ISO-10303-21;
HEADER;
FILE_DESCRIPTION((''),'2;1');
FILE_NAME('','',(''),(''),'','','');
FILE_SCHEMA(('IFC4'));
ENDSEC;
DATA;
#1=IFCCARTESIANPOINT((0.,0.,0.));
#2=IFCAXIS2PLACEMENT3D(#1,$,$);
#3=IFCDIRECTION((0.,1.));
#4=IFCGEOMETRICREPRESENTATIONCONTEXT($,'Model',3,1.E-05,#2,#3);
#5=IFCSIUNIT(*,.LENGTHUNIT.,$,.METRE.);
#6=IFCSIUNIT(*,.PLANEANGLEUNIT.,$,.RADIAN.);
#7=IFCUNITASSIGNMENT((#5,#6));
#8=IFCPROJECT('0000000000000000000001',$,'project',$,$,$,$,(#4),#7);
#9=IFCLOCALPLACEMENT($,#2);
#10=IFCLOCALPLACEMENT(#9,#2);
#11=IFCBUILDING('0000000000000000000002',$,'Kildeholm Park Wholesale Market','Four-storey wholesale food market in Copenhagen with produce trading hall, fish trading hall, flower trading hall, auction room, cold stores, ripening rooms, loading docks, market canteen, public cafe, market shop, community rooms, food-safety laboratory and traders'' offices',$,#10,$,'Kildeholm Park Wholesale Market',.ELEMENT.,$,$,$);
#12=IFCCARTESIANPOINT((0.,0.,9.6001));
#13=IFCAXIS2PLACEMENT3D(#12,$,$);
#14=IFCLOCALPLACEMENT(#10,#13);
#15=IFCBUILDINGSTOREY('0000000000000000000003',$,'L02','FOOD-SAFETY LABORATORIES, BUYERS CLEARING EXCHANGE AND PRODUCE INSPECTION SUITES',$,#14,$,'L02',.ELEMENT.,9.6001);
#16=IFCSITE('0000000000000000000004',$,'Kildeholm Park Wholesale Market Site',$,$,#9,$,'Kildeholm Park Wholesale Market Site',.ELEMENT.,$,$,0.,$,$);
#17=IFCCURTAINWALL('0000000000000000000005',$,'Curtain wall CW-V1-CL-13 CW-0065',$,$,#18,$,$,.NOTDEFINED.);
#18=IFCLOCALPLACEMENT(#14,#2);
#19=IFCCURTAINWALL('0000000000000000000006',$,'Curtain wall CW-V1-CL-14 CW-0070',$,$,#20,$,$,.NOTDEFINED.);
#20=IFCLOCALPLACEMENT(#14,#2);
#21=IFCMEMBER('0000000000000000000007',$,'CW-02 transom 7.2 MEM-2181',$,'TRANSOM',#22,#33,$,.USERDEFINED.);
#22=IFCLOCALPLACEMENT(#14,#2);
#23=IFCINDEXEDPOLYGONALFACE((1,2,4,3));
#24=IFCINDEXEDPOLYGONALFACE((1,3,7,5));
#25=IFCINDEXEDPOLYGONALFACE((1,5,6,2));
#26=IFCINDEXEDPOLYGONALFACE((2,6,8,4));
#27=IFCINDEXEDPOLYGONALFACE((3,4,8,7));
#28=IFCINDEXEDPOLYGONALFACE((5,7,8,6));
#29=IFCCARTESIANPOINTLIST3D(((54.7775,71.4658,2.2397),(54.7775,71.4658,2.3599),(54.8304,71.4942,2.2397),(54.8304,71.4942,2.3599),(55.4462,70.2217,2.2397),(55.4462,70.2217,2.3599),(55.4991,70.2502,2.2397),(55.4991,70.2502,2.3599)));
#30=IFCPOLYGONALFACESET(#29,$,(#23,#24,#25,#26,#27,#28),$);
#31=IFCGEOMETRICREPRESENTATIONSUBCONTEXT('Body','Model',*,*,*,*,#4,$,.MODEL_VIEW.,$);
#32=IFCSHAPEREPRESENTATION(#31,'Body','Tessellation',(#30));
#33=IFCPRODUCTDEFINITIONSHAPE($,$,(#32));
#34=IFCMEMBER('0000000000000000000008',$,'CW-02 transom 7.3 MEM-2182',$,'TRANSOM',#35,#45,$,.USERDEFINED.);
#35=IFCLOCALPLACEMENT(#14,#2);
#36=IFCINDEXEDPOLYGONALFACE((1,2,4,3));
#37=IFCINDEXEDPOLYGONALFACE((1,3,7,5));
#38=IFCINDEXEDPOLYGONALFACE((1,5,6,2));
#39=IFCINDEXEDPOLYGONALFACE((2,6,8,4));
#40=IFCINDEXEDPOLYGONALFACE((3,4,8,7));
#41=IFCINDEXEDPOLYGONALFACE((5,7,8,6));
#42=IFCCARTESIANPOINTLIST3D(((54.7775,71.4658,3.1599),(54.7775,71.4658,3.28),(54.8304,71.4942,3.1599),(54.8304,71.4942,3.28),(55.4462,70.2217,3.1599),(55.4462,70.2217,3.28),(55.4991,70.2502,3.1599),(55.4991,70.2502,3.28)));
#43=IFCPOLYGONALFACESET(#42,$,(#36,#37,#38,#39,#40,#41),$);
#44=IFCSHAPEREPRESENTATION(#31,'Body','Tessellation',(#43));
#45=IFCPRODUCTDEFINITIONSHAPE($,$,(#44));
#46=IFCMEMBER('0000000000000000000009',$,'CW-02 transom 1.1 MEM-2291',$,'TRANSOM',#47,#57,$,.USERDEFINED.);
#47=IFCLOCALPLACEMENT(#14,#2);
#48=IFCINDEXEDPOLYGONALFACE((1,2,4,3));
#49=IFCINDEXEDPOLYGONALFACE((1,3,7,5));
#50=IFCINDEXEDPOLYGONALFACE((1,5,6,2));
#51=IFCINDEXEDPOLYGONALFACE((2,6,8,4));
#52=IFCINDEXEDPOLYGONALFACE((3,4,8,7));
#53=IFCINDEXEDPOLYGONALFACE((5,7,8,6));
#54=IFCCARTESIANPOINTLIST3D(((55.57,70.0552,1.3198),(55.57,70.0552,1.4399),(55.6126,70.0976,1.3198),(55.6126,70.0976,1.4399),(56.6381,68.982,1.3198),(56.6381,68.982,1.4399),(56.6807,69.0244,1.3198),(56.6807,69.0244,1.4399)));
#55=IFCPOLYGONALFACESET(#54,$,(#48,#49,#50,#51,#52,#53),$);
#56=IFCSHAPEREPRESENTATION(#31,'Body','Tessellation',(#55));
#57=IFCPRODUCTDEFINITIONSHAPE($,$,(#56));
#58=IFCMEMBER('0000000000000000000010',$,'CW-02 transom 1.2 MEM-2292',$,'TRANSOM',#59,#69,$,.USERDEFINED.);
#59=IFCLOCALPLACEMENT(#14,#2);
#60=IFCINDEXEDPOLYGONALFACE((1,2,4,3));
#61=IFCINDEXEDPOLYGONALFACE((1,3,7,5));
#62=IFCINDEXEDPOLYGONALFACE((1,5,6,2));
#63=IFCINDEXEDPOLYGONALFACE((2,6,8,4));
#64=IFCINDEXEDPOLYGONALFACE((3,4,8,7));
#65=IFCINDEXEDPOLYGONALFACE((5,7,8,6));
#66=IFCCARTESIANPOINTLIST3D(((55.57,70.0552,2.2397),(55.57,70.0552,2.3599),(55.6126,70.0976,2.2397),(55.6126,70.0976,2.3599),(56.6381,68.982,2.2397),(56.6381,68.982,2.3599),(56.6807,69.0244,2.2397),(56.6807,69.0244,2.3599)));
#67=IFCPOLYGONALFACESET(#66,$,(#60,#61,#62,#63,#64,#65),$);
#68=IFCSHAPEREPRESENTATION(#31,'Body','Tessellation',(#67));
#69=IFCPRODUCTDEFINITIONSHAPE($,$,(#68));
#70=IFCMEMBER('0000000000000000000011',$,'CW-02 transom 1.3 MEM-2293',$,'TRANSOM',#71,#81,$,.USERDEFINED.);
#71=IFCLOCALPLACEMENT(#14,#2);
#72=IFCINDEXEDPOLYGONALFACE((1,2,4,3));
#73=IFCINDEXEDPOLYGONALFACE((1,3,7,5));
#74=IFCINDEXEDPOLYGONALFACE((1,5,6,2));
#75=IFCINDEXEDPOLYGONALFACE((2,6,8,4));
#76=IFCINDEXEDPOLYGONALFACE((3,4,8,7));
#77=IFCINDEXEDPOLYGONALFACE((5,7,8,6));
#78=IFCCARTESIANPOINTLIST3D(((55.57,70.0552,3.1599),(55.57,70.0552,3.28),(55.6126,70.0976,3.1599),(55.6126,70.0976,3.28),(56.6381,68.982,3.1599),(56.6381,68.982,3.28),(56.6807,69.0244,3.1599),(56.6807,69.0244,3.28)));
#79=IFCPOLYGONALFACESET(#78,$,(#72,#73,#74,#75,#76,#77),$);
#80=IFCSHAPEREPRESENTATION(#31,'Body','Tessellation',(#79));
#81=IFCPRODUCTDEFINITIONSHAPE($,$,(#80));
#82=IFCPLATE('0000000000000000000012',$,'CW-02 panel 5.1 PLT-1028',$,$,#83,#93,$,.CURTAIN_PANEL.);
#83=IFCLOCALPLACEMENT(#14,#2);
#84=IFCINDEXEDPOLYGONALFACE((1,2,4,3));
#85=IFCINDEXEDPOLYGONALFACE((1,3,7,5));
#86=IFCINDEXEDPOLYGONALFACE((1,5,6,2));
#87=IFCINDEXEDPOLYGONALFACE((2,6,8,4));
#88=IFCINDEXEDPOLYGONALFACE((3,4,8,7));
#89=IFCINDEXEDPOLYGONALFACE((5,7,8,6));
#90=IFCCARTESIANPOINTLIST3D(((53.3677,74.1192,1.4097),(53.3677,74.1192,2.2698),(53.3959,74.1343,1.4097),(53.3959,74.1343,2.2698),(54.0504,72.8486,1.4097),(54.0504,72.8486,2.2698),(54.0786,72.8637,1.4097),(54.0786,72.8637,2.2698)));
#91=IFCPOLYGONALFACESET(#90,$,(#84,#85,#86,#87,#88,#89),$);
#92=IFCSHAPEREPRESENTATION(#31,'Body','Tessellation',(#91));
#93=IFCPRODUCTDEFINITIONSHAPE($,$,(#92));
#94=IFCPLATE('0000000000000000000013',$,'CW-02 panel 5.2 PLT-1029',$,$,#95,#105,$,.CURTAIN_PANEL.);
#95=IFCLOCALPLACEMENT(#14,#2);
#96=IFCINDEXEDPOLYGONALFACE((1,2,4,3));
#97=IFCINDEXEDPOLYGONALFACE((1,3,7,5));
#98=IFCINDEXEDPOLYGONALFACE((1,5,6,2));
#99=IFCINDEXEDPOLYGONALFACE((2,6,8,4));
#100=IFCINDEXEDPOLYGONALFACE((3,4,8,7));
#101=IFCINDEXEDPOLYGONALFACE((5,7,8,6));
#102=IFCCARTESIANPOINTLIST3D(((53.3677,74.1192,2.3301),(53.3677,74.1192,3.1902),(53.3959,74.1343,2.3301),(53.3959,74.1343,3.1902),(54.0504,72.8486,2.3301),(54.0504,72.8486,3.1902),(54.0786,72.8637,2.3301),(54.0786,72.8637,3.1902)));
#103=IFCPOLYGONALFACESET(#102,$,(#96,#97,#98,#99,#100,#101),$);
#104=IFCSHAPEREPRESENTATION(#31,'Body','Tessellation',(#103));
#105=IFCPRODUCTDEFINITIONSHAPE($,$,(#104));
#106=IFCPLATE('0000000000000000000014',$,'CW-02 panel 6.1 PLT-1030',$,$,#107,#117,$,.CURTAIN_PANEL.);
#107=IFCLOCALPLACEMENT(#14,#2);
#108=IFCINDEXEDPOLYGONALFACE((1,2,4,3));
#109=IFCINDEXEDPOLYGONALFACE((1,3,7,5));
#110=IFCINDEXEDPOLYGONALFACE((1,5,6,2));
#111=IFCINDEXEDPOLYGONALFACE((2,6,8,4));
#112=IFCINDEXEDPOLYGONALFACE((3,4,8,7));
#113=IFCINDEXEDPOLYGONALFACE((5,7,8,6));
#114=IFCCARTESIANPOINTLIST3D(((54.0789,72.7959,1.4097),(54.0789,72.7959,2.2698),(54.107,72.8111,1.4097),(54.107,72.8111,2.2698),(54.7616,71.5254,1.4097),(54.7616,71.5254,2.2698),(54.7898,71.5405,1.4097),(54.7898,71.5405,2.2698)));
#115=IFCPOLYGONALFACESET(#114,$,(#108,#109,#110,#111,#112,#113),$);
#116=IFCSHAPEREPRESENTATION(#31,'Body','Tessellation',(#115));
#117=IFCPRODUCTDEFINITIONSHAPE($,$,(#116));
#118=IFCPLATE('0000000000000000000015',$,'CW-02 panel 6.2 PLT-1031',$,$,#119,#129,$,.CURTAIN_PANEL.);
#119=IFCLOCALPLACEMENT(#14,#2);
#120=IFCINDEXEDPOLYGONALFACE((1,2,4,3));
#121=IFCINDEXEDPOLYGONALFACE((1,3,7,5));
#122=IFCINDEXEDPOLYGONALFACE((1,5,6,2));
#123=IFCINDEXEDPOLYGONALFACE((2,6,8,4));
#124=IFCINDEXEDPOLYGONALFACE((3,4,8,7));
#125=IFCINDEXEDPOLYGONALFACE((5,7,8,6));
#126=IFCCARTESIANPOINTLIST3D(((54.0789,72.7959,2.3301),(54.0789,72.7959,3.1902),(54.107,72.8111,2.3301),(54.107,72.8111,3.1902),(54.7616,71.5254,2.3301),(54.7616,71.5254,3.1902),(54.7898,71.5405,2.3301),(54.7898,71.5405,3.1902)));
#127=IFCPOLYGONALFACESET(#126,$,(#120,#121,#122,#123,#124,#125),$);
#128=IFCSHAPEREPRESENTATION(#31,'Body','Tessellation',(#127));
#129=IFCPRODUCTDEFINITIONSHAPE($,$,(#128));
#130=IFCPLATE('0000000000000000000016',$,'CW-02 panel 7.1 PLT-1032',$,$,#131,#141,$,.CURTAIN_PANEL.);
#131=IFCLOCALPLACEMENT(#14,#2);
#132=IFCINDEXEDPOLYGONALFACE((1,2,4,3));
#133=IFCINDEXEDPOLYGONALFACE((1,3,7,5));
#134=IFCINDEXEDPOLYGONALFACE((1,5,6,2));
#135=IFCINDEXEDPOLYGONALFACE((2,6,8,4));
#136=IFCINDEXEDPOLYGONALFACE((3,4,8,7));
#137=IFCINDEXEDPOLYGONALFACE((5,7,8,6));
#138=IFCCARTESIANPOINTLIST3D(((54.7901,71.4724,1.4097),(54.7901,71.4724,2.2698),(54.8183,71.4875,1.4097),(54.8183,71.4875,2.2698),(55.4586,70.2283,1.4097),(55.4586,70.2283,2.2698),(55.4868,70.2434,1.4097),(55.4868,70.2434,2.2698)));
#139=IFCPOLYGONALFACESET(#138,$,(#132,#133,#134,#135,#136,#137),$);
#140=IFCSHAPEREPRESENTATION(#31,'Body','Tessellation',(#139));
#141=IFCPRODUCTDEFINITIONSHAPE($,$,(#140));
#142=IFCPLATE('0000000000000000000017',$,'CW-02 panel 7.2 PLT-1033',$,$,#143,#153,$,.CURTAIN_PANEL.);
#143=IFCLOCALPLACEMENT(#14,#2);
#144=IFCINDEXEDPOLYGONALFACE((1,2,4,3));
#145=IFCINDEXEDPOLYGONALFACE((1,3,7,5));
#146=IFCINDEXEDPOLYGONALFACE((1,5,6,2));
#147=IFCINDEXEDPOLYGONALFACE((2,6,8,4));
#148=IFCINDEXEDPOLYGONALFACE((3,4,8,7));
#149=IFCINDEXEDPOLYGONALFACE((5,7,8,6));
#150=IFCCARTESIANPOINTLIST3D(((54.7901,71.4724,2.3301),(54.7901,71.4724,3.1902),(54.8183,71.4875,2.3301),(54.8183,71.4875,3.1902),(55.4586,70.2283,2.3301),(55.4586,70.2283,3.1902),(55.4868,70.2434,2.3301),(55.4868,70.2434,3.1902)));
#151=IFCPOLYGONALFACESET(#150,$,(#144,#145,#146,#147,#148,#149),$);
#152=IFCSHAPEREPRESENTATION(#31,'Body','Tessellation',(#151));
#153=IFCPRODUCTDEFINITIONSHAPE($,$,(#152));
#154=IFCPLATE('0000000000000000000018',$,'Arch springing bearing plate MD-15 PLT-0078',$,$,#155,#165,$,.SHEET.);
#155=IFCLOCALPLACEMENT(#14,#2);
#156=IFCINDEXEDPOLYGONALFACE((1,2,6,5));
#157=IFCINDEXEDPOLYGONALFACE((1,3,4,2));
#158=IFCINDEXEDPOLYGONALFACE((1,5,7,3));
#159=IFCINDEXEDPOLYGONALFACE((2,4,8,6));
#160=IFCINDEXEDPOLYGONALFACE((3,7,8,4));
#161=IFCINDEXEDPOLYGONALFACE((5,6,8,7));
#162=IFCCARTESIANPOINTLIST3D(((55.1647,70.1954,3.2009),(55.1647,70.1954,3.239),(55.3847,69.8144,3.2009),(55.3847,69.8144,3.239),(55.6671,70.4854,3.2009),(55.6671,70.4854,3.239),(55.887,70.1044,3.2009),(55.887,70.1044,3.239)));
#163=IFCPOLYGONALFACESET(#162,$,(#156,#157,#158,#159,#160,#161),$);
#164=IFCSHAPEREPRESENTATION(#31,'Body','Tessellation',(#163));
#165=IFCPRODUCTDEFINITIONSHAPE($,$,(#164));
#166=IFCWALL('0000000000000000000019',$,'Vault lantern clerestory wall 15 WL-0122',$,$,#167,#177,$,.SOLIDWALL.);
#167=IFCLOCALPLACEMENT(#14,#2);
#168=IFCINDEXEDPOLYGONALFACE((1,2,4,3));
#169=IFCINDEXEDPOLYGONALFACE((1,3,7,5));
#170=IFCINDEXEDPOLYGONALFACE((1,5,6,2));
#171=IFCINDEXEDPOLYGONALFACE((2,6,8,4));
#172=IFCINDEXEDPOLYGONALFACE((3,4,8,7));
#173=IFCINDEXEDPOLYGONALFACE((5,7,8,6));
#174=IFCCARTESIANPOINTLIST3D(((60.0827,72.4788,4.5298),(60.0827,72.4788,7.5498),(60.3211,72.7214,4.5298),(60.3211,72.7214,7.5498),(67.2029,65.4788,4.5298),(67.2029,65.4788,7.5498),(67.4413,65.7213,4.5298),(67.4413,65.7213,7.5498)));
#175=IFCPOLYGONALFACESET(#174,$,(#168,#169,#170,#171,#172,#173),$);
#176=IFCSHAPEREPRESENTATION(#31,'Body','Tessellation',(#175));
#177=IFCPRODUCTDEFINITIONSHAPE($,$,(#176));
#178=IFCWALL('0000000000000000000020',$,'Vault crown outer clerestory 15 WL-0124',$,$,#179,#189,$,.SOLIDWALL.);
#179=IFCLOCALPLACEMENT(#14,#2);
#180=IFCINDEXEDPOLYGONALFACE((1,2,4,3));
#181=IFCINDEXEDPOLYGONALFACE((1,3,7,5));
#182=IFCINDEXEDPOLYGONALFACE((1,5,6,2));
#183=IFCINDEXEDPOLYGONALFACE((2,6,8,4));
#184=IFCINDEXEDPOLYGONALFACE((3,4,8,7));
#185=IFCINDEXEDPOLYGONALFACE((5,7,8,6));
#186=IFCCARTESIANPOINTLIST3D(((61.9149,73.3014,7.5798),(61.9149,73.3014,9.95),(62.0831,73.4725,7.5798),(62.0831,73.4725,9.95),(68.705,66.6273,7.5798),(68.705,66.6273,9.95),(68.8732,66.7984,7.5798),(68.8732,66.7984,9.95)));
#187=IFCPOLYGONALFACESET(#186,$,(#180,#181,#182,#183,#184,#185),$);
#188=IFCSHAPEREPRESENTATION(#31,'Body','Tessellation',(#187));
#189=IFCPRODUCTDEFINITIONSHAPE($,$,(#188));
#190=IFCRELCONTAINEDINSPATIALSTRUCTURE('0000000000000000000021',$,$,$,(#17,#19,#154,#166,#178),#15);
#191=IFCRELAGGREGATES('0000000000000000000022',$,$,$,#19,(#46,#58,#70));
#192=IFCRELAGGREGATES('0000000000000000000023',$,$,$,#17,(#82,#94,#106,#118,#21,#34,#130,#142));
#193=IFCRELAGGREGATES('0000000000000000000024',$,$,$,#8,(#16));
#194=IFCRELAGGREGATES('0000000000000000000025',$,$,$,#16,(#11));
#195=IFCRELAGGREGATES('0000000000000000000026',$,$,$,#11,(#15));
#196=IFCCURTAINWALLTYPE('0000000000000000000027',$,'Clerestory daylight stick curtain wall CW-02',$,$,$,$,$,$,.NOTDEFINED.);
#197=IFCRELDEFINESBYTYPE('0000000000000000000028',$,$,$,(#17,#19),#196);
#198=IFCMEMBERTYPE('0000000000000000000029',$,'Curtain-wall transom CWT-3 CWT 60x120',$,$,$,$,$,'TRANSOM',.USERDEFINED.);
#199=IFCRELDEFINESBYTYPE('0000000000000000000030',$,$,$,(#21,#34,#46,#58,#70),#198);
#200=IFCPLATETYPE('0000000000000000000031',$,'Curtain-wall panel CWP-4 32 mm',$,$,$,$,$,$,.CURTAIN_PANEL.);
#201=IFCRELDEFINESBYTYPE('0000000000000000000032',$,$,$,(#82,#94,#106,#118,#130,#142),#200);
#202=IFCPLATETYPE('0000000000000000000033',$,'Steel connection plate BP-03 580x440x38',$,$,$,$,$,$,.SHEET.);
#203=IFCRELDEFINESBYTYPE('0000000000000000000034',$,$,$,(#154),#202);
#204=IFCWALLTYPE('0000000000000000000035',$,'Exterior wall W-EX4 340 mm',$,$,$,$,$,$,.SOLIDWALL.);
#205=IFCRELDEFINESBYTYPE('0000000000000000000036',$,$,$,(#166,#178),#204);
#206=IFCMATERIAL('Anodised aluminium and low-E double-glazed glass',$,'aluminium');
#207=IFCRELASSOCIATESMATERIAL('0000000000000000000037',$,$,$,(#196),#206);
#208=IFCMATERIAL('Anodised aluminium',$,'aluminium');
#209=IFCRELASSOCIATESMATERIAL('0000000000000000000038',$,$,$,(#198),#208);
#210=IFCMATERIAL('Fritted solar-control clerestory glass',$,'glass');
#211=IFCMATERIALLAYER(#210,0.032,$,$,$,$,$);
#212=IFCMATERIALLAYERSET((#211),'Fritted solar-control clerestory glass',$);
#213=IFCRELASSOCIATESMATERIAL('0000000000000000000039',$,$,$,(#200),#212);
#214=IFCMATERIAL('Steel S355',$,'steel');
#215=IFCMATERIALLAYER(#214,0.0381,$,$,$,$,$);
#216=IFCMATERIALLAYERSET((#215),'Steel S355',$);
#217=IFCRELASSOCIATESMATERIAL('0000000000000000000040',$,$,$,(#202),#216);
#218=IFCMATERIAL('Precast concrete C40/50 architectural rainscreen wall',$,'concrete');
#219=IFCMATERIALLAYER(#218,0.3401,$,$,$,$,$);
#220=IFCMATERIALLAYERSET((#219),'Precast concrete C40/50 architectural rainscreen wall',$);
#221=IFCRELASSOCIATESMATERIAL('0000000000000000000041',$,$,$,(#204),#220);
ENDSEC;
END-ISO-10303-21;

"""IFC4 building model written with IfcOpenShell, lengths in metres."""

from ifc_helpers import new_model, si_unit, direction, frame, frame_2d, origin, origin_2d, place, context, subcontext, project, spatial, rectangle, extrude, material, layer, layer_set, material_profile, profile_set, type_object, element, aggregate, save


model = new_model("IFC4")

# Units and contexts
model_context = context("Model", 3, precision=1e-05, world=origin(), true_north=direction((0.0, 1.0)))
body_context = subcontext(model_context, "Body", "Model", "MODEL_VIEW")
ifc_project = project(units=[si_unit("LENGTHUNIT", "METRE"), si_unit("PLANEANGLEUNIT", "RADIAN")], contexts=[model_context])

# Site, building, storey
site_placement = place(None, origin())
site = spatial("IfcSite", under=ifc_project, at=site_placement, Name="Kildeholm Park Wholesale Market Site", LongName="Kildeholm Park Wholesale Market Site", CompositionType="ELEMENT", RefElevation=0.0)
building_placement = place(site_placement, origin())
building = spatial("IfcBuilding", under=site, at=building_placement, Name="Kildeholm Park Wholesale Market", Description="Four-storey wholesale food market in Copenhagen with produce trading hall, fish trading hall, flower trading hall, auction room, cold stores, ripening rooms, loading docks, market canteen, public cafe, market shop, community rooms, food-safety laboratory and traders' offices", LongName="Kildeholm Park Wholesale Market", CompositionType="ELEMENT")
storey_placement = place(building_placement, frame((0.0, 0.0, 9.6001)))
storey = spatial("IfcBuildingStorey", under=building, at=storey_placement, Name="L02", Description="FOOD-SAFETY LABORATORIES, BUYERS CLEARING EXCHANGE AND PRODUCE INSPECTION SUITES", LongName="L02", CompositionType="ELEMENT", Elevation=9.6001)

# Shared definitions
ifc_material_1 = material(Name="Steel S355", Category="steel")

# Curtain wall
ifc_material_2 = material(Name="Anodised aluminium and low-E double-glazed glass", Category="aluminium")
curtain_wall_type = type_object("IfcCurtainWallType", Name="Clerestory daylight stick curtain wall CW-02", PredefinedType="NOTDEFINED", material=ifc_material_2)
curtain_wall_1_placement = place(storey_placement, origin())
curtain_wall_1 = element("IfcCurtainWall", 1, at=curtain_wall_1_placement, inside=storey, type_object=curtain_wall_type, Name="Curtain wall CW-V1-CL-13 CW-0065", PredefinedType="NOTDEFINED")
ifc_material_3 = material(Name="Anodised aluminium", Category="aluminium")

# Curtain wall
curtain_wall_2_placement = place(storey_placement, origin())
curtain_wall_2 = element("IfcCurtainWall", 2, at=curtain_wall_2_placement, inside=storey, type_object=curtain_wall_type, Name="Curtain wall CW-V1-CL-14 CW-0070", PredefinedType="NOTDEFINED")

# Members
ifc_material_profile_1 = material_profile(ifc_material_3, rectangle(XDim=0.0601, YDim=0.1201, at=origin_2d()), Name="CWT 60x120")
ifc_profile_set_1 = profile_set([ifc_material_profile_1], Name="Anodised aluminium")
member_type_1 = type_object("IfcMemberType", Name="Curtain-wall transom CWT-3 CWT 60x120", ElementType="TRANSOM", PredefinedType="USERDEFINED", material=ifc_profile_set_1)
member_1_placement = place(storey_placement, frame((54.804, 71.48, 2.2998), z_axis=(0.47343, -0.880832, 0.0), x_axis=(0.880832, 0.47343, 0.0)))
member_1 = element("IfcMember", 3, at=member_1_placement, type_object=member_type_1, Name="CW-02 transom 7.2 MEM-2181", ObjectType="TRANSOM", PredefinedType="USERDEFINED", context=body_context, shape_type="SweptSolid", body=[
    extrude(rectangle(XDim=0.0601, YDim=0.1201, at=origin_2d()), origin(), (0.0, 0.0, 1.0), 1.4124),
])
member_2_placement = place(storey_placement, frame((54.804, 71.48, 3.22), z_axis=(0.47343, -0.880832, 0.0), x_axis=(0.880832, 0.47343, 0.0)))
member_2 = element("IfcMember", 4, at=member_2_placement, type_object=member_type_1, Name="CW-02 transom 7.3 MEM-2182", ObjectType="TRANSOM", PredefinedType="USERDEFINED", context=body_context, shape_type="SweptSolid", body=[
    extrude(rectangle(XDim=0.0601, YDim=0.1201, at=origin_2d()), origin(), (0.0, 0.0, 1.0), 1.4124),
])
member_3_placement = place(storey_placement, frame((55.5913, 70.0764, 1.3799), z_axis=(0.705412, -0.708798, 0.0), x_axis=(0.708798, 0.705412, 0.0)))
member_3 = element("IfcMember", 5, at=member_3_placement, type_object=member_type_1, Name="CW-02 transom 1.1 MEM-2291", ObjectType="TRANSOM", PredefinedType="USERDEFINED", context=body_context, shape_type="SweptSolid", body=[
    extrude(rectangle(XDim=0.0601, YDim=0.1201, at=origin_2d()), origin(), (0.0, 0.0, 1.0), 1.5142),
])
member_4_placement = place(storey_placement, frame((55.5913, 70.0764, 2.2998), z_axis=(0.705412, -0.708798, 0.0), x_axis=(0.708798, 0.705412, 0.0)))
member_4 = element("IfcMember", 6, at=member_4_placement, type_object=member_type_1, Name="CW-02 transom 1.2 MEM-2292", ObjectType="TRANSOM", PredefinedType="USERDEFINED", context=body_context, shape_type="SweptSolid", body=[
    extrude(rectangle(XDim=0.0601, YDim=0.1201, at=origin_2d()), origin(), (0.0, 0.0, 1.0), 1.5142),
])
member_5_placement = place(storey_placement, frame((55.5913, 70.0764, 3.22), z_axis=(0.705412, -0.708798, 0.0), x_axis=(0.708798, 0.705412, 0.0)))
member_5 = element("IfcMember", 7, at=member_5_placement, type_object=member_type_1, Name="CW-02 transom 1.3 MEM-2293", ObjectType="TRANSOM", PredefinedType="USERDEFINED", context=body_context, shape_type="SweptSolid", body=[
    extrude(rectangle(XDim=0.0601, YDim=0.1201, at=origin_2d()), origin(), (0.0, 0.0, 1.0), 1.5142),
])
aggregate(curtain_wall_2, [member_3, member_4, member_5])

# Plates
ifc_material_4 = material(Name="Fritted solar-control clerestory glass", Category="glass")
ifc_layer_1 = layer(ifc_material_4, 0.032)
ifc_layer_set_1 = layer_set([ifc_layer_1], Name="Fritted solar-control clerestory glass")
plate_type_1 = type_object("IfcPlateType", Name="Curtain-wall panel CWP-4 32 mm", PredefinedType="CURTAIN_PANEL", material=ifc_layer_set_1)
plate_1_placement = place(storey_placement, frame((53.7231, 73.4915, 1.4097), z_axis=(0.0, 0.0, 1.0), x_axis=(0.47334, -0.88088, 0.0)))
plate_1 = element("IfcPlate", 8, at=plate_1_placement, type_object=plate_type_1, Name="CW-02 panel 5.1 PLT-1028", PredefinedType="CURTAIN_PANEL", context=body_context, shape_type="SweptSolid", body=[
    extrude(rectangle(XDim=1.4424, YDim=0.032, at=origin_2d()), origin(), (0.0, 0.0, 1.0), 0.8601),
])
plate_2_placement = place(storey_placement, frame((53.7231, 73.4915, 2.3301), z_axis=(0.0, 0.0, 1.0), x_axis=(0.47334, -0.88088, 0.0)))
plate_2 = element("IfcPlate", 9, at=plate_2_placement, type_object=plate_type_1, Name="CW-02 panel 5.2 PLT-1029", PredefinedType="CURTAIN_PANEL", context=body_context, shape_type="SweptSolid", body=[
    extrude(rectangle(XDim=1.4424, YDim=0.032, at=origin_2d()), origin(), (0.0, 0.0, 1.0), 0.8601),
])
plate_3_placement = place(storey_placement, frame((54.4343, 72.1682, 1.4097), z_axis=(0.0, 0.0, 1.0), x_axis=(0.47334, -0.88088, 0.0)))
plate_3 = element("IfcPlate", 10, at=plate_3_placement, type_object=plate_type_1, Name="CW-02 panel 6.1 PLT-1030", PredefinedType="CURTAIN_PANEL", context=body_context, shape_type="SweptSolid", body=[
    extrude(rectangle(XDim=1.4424, YDim=0.032, at=origin_2d()), origin(), (0.0, 0.0, 1.0), 0.8601),
])
plate_4_placement = place(storey_placement, frame((54.4343, 72.1682, 2.3301), z_axis=(0.0, 0.0, 1.0), x_axis=(0.47334, -0.88088, 0.0)))
plate_4 = element("IfcPlate", 11, at=plate_4_placement, type_object=plate_type_1, Name="CW-02 panel 6.2 PLT-1031", PredefinedType="CURTAIN_PANEL", context=body_context, shape_type="SweptSolid", body=[
    extrude(rectangle(XDim=1.4424, YDim=0.032, at=origin_2d()), origin(), (0.0, 0.0, 1.0), 0.8601),
])
plate_5_placement = place(storey_placement, frame((55.1384, 70.8579, 1.4097), z_axis=(0.0, 0.0, 1.0), x_axis=(0.47334, -0.88088, 0.0)))
plate_5 = element("IfcPlate", 12, at=plate_5_placement, type_object=plate_type_1, Name="CW-02 panel 7.1 PLT-1032", PredefinedType="CURTAIN_PANEL", context=body_context, shape_type="SweptSolid", body=[
    extrude(rectangle(XDim=1.4124, YDim=0.032, at=origin_2d()), origin(), (0.0, 0.0, 1.0), 0.8601),
])
plate_6_placement = place(storey_placement, frame((55.1384, 70.8579, 2.3301), z_axis=(0.0, 0.0, 1.0), x_axis=(0.47334, -0.88088, 0.0)))
plate_6 = element("IfcPlate", 13, at=plate_6_placement, type_object=plate_type_1, Name="CW-02 panel 7.2 PLT-1033", PredefinedType="CURTAIN_PANEL", context=body_context, shape_type="SweptSolid", body=[
    extrude(rectangle(XDim=1.4124, YDim=0.032, at=origin_2d()), origin(), (0.0, 0.0, 1.0), 0.8601),
])
aggregate(curtain_wall_1, [plate_1, plate_2, plate_3, plate_4, member_1, member_2, plate_5, plate_6])
ifc_layer_2 = layer(ifc_material_1, 0.0381)
ifc_layer_set_2 = layer_set([ifc_layer_2], Name="Steel S355")
plate_type_2 = type_object("IfcPlateType", Name="Steel connection plate BP-03 580x440x38", PredefinedType="SHEET", material=ifc_layer_set_2)
plate_7_placement = place(storey_placement, frame((55.5259, 70.1499, 3.2009), z_axis=(0.0, 0.0, 1.0), x_axis=(-0.866025, -0.5, 0.0)))
element("IfcPlate", 14, at=plate_7_placement, inside=storey, type_object=plate_type_2, Name="Arch springing bearing plate MD-15 PLT-0078", PredefinedType="SHEET", context=body_context, shape_type="SweptSolid", body=[
    extrude(rectangle(XDim=0.5801, YDim=0.4399, at=origin_2d()), origin(), (0.0, 0.0, 1.0), 0.0381),
])

# Walls
ifc_material_5 = material(Name="Precast concrete C40/50 architectural rainscreen wall", Category="concrete")
ifc_layer_3 = layer(ifc_material_5, 0.3401)
ifc_layer_set_3 = layer_set([ifc_layer_3], Name="Precast concrete C40/50 architectural rainscreen wall")
wall_type = type_object("IfcWallType", Name="Exterior wall W-EX4 340 mm", PredefinedType="SOLIDWALL", material=ifc_layer_set_3)
wall_1_placement = place(storey_placement, frame((60.2019, 72.6001, 4.5298), z_axis=(0.0, 0.0, 1.0), x_axis=(0.713096, -0.701066, 0.0)))
element("IfcWall", 15, at=wall_1_placement, inside=storey, type_object=wall_type, Name="Vault lantern clerestory wall 15 WL-0122", PredefinedType="SOLIDWALL", context=body_context, shape_type="SweptSolid", body=[
    extrude(rectangle(XDim=9.9849, YDim=0.3401, at=frame_2d((4.9924, 0.0))), origin(), (0.0, 0.0, 1.0), 3.02),
])
wall_2_placement = place(storey_placement, frame((61.999, 73.387, 7.5798), z_axis=(0.0, 0.0, 1.0), x_axis=(0.713171, -0.70099, 0.0)))
element("IfcWall", 16, at=wall_2_placement, inside=storey, type_object=wall_type, Name="Vault crown outer clerestory 15 WL-0124", PredefinedType="SOLIDWALL", context=body_context, shape_type="SweptSolid", body=[
    extrude(rectangle(XDim=9.521, YDim=0.24, at=frame_2d((4.7605, 0.0))), origin(), (0.0, 0.0, 1.0), 2.3701),
])

save(model, "model.ifc")
